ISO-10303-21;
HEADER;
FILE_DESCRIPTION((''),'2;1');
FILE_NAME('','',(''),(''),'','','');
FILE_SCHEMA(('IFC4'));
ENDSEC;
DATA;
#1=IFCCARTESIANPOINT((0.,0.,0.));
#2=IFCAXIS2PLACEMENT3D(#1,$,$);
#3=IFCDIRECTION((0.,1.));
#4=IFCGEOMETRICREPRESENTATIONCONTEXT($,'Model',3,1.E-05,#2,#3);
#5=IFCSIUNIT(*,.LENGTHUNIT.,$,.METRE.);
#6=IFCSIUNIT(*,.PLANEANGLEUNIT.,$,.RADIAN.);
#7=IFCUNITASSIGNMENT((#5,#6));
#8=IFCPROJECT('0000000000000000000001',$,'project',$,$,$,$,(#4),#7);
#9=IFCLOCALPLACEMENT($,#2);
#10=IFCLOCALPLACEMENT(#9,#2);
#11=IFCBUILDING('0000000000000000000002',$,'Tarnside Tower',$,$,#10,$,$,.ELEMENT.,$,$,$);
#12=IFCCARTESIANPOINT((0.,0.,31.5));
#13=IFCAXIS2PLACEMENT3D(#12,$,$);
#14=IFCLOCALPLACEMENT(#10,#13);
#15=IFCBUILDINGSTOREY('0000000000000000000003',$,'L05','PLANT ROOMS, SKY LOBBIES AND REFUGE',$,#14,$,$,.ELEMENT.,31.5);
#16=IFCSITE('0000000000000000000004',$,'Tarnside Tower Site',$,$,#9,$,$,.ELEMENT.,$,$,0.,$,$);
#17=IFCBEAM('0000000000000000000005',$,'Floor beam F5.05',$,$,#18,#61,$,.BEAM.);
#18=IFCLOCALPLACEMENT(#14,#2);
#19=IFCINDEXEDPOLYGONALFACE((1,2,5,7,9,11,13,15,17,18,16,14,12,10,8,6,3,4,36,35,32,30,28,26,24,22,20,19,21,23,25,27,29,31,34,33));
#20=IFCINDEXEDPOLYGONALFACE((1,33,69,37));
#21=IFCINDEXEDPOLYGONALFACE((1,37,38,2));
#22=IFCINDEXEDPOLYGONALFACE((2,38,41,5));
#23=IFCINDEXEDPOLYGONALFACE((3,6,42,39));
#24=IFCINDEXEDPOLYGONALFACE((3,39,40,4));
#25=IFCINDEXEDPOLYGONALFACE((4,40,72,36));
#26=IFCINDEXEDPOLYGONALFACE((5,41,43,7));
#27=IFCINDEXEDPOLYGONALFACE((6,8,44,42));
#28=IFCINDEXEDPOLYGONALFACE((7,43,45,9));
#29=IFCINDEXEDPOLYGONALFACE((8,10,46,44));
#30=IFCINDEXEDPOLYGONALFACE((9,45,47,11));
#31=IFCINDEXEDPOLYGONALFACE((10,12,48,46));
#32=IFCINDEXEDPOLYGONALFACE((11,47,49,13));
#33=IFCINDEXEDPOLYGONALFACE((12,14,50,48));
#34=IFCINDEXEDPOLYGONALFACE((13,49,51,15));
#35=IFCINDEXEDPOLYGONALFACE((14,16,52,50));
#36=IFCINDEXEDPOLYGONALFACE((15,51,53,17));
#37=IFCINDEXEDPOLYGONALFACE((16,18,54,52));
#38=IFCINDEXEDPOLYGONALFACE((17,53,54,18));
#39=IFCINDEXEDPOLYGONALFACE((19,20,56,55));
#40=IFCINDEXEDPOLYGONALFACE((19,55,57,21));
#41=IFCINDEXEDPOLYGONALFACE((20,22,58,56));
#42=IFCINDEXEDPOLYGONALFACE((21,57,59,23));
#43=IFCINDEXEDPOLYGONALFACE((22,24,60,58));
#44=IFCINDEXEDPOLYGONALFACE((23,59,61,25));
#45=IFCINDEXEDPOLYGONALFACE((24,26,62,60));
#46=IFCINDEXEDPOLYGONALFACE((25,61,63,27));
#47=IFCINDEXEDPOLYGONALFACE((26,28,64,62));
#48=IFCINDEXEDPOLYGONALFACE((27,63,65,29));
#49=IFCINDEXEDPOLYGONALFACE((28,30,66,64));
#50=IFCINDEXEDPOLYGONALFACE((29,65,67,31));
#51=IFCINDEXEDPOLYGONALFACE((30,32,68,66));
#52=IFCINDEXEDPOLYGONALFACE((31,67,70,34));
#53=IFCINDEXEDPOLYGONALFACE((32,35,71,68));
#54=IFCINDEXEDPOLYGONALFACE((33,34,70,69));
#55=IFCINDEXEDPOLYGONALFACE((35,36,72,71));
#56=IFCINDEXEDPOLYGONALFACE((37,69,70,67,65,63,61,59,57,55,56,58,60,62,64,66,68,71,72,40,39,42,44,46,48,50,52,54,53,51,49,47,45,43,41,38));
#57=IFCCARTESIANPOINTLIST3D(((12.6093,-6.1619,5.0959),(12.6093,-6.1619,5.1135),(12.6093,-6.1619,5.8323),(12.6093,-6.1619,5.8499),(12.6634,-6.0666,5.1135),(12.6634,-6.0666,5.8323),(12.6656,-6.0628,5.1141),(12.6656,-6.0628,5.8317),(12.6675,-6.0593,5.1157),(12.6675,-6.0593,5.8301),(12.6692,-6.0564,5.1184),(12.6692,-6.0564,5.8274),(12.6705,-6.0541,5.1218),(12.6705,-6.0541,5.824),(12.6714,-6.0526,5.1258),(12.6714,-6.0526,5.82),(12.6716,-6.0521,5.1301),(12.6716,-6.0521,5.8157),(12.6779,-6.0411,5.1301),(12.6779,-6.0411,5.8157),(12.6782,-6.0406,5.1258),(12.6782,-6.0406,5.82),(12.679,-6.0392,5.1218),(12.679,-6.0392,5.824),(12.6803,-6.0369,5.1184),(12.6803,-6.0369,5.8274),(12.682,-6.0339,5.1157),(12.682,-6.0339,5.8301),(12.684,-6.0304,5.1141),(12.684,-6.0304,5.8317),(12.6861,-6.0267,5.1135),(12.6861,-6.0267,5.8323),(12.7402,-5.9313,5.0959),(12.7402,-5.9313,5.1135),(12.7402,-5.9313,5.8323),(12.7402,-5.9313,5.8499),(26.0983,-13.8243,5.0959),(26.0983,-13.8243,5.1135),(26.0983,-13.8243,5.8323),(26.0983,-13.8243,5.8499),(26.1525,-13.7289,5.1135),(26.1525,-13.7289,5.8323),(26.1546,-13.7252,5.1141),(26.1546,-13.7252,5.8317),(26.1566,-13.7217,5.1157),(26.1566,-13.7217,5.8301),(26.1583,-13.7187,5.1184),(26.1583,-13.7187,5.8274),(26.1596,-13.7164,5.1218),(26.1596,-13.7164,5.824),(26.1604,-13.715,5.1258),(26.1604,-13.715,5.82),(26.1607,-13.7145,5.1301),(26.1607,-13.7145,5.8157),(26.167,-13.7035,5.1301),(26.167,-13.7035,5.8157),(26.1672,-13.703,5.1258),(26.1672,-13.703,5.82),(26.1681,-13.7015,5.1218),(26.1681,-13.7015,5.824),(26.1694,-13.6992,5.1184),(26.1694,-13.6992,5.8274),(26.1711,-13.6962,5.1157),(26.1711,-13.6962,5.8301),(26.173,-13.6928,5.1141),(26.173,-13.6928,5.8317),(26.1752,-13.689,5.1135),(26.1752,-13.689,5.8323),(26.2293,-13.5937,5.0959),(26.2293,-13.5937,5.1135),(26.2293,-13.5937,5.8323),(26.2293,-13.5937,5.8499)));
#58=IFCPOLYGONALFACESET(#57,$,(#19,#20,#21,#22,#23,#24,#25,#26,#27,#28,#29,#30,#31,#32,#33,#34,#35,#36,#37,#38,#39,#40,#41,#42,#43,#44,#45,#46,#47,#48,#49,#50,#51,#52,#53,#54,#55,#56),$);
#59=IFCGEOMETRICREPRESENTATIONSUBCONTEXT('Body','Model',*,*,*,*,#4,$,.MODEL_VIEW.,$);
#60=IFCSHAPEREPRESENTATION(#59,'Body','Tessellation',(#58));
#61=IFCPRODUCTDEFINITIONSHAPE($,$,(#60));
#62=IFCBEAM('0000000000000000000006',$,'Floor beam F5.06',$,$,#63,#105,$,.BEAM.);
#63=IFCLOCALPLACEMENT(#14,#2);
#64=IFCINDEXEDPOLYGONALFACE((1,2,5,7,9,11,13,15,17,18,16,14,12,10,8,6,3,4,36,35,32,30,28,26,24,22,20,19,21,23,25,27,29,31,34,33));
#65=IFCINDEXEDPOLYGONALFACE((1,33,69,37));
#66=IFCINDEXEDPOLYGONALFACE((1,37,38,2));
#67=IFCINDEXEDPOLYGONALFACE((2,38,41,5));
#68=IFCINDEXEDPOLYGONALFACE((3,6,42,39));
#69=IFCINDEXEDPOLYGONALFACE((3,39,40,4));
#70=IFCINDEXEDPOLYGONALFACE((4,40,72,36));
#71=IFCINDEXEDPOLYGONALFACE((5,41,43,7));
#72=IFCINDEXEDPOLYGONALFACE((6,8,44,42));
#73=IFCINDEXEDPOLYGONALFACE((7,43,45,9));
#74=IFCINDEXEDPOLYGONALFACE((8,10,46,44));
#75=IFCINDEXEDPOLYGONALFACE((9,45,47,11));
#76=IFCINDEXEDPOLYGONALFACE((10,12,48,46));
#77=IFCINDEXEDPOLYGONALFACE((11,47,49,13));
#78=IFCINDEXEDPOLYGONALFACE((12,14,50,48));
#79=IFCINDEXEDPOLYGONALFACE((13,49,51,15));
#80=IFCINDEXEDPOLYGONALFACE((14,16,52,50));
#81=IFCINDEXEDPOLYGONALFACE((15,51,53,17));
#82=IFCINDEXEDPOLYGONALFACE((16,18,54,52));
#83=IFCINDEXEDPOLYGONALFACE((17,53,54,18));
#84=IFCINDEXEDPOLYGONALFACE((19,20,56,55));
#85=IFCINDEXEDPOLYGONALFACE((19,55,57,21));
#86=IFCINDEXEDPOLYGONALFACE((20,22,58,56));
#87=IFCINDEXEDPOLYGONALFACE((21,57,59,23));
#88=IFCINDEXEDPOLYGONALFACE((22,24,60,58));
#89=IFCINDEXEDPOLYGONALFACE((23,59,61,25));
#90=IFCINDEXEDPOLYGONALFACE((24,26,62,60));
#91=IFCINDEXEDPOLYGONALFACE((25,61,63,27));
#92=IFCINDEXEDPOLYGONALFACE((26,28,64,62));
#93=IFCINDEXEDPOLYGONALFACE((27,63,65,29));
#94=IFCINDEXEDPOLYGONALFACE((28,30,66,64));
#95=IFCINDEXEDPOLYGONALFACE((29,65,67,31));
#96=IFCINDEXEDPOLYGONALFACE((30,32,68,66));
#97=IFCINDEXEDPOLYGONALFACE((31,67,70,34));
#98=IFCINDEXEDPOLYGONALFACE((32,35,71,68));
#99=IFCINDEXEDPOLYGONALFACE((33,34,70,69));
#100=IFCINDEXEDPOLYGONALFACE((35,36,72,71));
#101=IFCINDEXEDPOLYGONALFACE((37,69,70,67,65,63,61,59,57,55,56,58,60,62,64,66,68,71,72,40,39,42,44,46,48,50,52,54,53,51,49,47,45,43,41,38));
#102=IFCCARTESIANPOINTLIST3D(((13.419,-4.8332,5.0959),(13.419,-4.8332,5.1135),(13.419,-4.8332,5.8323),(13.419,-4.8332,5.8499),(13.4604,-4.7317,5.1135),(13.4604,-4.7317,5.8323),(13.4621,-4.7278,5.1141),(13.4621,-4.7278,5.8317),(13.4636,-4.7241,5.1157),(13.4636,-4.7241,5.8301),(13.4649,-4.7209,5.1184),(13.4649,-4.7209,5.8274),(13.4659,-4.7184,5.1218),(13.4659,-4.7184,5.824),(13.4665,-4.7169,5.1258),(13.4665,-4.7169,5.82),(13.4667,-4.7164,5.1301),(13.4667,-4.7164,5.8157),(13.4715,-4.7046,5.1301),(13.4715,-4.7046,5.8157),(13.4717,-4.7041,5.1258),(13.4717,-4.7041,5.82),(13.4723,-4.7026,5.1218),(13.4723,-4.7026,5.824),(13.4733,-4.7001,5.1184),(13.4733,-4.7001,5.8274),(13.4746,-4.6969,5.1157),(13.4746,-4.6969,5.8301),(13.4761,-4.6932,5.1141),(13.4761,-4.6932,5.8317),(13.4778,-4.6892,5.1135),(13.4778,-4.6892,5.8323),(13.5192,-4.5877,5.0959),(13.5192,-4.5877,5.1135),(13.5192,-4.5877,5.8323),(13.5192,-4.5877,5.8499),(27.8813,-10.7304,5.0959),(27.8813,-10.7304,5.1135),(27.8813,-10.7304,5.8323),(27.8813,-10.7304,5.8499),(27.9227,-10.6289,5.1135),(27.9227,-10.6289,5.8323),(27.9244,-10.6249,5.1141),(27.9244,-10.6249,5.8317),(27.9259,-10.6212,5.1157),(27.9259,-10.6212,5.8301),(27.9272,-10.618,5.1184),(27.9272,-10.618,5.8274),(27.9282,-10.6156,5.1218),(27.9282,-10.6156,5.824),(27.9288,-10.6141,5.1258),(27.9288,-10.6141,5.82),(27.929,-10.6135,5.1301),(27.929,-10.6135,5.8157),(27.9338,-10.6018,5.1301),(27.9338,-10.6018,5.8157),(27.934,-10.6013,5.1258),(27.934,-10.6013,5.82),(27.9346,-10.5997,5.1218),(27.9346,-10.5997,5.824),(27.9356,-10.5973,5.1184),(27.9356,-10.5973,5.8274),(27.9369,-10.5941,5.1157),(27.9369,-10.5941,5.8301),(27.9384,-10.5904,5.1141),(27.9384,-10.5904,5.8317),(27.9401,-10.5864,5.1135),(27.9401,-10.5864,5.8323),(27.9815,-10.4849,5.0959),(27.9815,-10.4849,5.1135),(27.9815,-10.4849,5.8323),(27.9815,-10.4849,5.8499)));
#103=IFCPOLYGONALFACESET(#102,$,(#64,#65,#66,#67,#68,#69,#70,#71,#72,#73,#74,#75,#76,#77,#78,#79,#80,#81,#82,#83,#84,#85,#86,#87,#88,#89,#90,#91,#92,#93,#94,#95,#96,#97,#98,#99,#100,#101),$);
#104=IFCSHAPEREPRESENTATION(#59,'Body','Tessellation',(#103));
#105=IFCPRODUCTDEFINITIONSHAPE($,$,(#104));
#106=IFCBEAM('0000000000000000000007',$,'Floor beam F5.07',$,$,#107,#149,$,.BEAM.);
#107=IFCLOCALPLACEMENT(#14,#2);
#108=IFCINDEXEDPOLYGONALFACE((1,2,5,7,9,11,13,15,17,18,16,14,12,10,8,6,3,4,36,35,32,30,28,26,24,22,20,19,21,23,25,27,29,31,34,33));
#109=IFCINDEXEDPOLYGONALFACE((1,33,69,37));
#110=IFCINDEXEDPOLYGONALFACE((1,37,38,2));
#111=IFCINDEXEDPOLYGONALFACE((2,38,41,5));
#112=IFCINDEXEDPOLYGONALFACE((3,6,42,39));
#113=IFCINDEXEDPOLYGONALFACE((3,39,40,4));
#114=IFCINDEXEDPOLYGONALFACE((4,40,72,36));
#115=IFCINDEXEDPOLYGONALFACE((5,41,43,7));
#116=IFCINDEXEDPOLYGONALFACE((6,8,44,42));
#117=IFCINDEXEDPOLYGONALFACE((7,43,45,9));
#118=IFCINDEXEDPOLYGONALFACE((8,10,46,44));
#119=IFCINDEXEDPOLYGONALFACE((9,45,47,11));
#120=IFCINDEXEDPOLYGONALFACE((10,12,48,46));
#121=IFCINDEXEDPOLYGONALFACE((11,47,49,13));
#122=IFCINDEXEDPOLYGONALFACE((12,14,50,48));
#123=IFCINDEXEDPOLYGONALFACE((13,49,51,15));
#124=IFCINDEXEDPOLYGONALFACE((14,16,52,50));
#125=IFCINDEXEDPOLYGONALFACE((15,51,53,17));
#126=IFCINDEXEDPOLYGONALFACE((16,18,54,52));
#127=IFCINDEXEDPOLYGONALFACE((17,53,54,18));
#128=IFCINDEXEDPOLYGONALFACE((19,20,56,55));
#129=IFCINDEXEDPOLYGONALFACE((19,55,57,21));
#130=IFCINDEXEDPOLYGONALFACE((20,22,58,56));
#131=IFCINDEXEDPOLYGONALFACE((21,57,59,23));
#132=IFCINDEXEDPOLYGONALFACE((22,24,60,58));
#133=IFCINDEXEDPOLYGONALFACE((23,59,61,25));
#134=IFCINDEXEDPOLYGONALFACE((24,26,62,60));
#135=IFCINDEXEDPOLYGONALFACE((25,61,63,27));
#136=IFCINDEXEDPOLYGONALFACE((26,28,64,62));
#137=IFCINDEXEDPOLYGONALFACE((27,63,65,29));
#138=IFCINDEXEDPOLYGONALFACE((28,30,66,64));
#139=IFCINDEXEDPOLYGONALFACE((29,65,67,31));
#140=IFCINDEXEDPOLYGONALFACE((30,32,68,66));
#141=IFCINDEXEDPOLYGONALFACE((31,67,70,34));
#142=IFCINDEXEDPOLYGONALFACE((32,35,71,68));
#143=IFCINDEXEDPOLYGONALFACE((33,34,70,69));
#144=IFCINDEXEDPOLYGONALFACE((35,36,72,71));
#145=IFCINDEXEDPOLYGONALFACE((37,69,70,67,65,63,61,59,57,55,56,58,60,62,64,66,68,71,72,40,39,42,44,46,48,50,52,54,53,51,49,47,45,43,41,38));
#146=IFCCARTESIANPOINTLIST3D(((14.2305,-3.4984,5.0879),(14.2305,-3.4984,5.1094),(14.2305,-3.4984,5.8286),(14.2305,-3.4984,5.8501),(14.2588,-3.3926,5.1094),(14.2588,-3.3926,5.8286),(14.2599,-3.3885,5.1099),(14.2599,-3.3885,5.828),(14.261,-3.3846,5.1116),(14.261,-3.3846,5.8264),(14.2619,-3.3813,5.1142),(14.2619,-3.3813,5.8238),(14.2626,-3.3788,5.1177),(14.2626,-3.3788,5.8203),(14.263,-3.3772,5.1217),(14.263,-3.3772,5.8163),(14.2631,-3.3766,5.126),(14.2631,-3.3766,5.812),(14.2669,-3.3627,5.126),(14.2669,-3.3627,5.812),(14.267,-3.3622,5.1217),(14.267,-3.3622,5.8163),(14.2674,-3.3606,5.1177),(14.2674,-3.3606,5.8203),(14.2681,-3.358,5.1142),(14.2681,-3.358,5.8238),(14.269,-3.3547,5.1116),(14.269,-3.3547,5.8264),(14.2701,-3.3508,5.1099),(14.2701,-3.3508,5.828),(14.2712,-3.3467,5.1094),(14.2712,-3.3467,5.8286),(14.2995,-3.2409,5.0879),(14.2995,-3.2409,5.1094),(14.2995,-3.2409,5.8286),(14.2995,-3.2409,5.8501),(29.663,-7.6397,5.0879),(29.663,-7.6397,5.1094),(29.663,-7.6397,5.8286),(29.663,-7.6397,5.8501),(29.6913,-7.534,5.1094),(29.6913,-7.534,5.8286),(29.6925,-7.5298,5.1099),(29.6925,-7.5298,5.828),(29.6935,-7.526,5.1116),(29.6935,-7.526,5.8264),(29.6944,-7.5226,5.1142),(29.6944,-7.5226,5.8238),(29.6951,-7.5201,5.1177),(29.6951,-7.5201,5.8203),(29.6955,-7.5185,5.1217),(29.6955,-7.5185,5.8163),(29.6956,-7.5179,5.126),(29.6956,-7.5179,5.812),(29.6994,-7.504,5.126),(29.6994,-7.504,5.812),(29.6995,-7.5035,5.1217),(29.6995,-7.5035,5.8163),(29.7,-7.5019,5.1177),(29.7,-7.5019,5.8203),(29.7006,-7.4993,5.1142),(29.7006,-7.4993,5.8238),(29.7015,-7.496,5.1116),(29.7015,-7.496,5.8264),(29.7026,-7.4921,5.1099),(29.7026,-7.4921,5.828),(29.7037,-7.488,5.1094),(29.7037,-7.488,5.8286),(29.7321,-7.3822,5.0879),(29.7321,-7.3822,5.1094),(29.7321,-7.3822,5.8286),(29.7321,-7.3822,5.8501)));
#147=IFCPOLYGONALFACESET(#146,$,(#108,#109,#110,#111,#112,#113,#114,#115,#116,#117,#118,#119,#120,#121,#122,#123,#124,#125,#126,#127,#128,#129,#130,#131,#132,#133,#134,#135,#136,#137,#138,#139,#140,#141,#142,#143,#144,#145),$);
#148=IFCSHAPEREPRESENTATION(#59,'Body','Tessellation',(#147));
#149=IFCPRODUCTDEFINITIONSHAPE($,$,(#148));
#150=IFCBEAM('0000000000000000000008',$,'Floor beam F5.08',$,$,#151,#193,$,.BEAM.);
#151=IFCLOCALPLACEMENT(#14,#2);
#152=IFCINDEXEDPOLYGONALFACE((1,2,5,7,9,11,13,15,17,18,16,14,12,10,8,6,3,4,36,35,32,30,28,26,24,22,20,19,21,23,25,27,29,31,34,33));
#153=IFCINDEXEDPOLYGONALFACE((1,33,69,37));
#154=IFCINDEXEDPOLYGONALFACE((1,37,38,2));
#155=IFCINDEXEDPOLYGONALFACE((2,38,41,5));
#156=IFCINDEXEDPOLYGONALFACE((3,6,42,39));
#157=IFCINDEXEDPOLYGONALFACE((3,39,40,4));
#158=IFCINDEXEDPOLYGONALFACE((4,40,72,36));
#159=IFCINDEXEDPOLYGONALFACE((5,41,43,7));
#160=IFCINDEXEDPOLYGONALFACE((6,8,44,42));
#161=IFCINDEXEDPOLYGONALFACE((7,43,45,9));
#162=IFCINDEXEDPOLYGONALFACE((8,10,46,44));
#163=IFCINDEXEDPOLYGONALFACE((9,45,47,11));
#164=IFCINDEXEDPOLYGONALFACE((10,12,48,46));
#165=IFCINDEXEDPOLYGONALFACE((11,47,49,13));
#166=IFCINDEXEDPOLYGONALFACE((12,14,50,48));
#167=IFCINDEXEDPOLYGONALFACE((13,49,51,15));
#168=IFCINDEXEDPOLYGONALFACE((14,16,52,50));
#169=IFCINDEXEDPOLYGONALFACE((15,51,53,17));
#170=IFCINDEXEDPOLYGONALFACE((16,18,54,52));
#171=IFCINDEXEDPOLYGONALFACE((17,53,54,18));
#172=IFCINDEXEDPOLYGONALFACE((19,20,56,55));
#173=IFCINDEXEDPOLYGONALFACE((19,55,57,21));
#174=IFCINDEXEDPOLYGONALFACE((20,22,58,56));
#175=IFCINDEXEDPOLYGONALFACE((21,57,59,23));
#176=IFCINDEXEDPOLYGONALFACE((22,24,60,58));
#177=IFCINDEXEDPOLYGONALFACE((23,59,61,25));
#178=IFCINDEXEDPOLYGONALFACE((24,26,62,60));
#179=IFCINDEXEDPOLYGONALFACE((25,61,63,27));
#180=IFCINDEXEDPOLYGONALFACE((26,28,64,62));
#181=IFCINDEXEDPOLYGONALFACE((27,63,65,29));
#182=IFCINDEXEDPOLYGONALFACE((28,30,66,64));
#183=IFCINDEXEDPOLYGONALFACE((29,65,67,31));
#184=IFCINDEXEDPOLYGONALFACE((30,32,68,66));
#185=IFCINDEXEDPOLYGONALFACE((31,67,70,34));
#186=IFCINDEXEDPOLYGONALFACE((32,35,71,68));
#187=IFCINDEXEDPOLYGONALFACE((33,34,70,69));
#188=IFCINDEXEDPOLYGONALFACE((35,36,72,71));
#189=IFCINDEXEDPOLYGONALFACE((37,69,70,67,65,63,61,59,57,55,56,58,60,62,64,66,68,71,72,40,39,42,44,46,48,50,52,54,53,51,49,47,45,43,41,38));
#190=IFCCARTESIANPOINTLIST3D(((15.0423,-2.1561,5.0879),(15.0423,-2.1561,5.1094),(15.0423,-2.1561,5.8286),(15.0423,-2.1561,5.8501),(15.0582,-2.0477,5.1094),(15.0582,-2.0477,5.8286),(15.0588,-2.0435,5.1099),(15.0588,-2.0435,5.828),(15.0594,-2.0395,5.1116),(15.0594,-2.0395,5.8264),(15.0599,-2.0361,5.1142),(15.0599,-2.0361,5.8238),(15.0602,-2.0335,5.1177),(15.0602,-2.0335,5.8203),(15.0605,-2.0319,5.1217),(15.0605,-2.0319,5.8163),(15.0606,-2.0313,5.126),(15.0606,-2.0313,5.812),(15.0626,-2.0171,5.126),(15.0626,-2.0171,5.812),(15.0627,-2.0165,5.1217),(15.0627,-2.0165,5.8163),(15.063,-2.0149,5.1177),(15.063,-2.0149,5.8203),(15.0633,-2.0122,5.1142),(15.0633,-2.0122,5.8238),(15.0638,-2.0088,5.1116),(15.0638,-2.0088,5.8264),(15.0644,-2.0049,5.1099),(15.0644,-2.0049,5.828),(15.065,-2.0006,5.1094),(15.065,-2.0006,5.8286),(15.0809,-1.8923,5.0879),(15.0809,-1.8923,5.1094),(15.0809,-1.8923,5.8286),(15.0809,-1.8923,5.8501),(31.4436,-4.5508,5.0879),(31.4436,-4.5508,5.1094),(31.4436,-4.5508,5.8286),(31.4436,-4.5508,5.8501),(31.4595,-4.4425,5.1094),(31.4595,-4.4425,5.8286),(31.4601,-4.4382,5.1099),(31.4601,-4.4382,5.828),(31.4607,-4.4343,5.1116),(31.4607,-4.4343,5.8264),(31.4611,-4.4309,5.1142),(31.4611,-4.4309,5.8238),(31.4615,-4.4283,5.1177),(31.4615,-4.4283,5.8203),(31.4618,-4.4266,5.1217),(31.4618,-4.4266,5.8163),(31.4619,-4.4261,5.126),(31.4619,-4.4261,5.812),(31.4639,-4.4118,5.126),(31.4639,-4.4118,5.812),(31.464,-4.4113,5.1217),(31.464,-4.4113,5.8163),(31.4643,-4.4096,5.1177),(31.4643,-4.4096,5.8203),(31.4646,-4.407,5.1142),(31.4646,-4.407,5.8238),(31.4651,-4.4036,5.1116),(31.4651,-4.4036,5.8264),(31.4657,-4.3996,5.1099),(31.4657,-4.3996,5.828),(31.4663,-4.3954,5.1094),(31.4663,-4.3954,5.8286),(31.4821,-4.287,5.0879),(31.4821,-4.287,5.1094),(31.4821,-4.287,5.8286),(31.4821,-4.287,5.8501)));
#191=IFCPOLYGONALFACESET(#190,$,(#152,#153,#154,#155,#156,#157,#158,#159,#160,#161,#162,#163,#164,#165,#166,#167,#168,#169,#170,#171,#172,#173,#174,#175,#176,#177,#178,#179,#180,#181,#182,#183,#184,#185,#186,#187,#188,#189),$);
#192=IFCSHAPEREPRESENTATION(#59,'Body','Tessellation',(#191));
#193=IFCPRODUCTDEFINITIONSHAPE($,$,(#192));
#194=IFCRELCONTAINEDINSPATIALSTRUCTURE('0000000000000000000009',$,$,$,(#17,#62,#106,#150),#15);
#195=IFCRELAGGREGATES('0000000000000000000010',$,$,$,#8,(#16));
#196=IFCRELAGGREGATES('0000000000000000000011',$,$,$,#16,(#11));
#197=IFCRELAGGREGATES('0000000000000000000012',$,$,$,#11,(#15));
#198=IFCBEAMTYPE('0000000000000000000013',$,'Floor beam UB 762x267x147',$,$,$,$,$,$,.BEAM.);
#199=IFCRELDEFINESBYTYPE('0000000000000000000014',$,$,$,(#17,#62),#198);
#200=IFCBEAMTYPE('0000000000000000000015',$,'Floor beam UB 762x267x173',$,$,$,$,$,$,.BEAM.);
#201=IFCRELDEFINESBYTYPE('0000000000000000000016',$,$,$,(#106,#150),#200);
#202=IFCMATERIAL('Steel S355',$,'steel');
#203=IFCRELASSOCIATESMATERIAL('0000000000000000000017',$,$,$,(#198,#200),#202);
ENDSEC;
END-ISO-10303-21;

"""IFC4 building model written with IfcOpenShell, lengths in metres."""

from ifc_helpers import new_model, si_unit, direction, frame, origin, origin_2d, place, context, subcontext, project, spatial, i_section, extrude, material, material_profile, profile_set, type_object, element, save


model = new_model("IFC4")

# Units and contexts
model_context = context("Model", 3, precision=1e-05, world=origin(), true_north=direction((0.0, 1.0)))
body_context = subcontext(model_context, "Body", "Model", "MODEL_VIEW")
ifc_project = project(units=[si_unit("LENGTHUNIT", "METRE"), si_unit("PLANEANGLEUNIT", "RADIAN")], contexts=[model_context])

# Site, building, storey
site_placement = place(None, origin())
site = spatial("IfcSite", under=ifc_project, at=site_placement, Name="Tarnside Tower Site", CompositionType="ELEMENT", RefElevation=0.0)
building_placement = place(site_placement, origin())
building = spatial("IfcBuilding", under=site, at=building_placement, Name="Tarnside Tower", CompositionType="ELEMENT")
storey_placement = place(building_placement, frame((0.0, 0.0, 31.5)))
storey = spatial("IfcBuildingStorey", under=building, at=storey_placement, Name="L05", Description="PLANT ROOMS, SKY LOBBIES AND REFUGE", CompositionType="ELEMENT", Elevation=31.5)

# Beams
ifc_material_1 = material(Name="Steel S355", Category="steel")
ifc_material_profile_1 = material_profile(ifc_material_1, i_section(OverallWidth=0.2651, OverallDepth=0.7539, WebThickness=0.0127, FlangeThickness=0.0176, FilletRadius=0.0166, at=origin_2d()), Name="UB 762x267x147")
ifc_profile_set_1 = profile_set([ifc_material_profile_1], Name="Steel S355")
beam_type_1 = type_object("IfcBeamType", Name="Floor beam UB 762x267x147", PredefinedType="BEAM", material=ifc_profile_set_1)
beam_1_placement = place(storey_placement, frame((26.1638, -13.709, 5.4729), z_axis=(-0.869508, 0.493919, 0.0), x_axis=(-0.493919, -0.869508, 0.0)))
element("IfcBeam", 1, at=beam_1_placement, inside=storey, type_object=beam_type_1, Name="Floor beam F5.05", PredefinedType="BEAM", context=body_context, shape_type="SweptSolid", body=[
    extrude(i_section(OverallWidth=0.2651, OverallDepth=0.7539, WebThickness=0.0127, FlangeThickness=0.0176, FilletRadius=0.0166, at=origin_2d()), origin(), (0.0, 0.0, 1.0), 15.5134),
])
beam_2_placement = place(storey_placement, frame((27.9314, -10.6077, 5.4729), z_axis=(-0.925978, 0.377578, 0.0), x_axis=(-0.377578, -0.925978, 0.0)))
element("IfcBeam", 2, at=beam_2_placement, inside=storey, type_object=beam_type_1, Name="Floor beam F5.06", PredefinedType="BEAM", context=body_context, shape_type="SweptSolid", body=[
    extrude(i_section(OverallWidth=0.2651, OverallDepth=0.7539, WebThickness=0.0127, FlangeThickness=0.0176, FilletRadius=0.0166, at=origin_2d()), origin(), (0.0, 0.0, 1.0), 15.6184),
])
ifc_material_profile_2 = material_profile(ifc_material_1, i_section(OverallWidth=0.2666, OverallDepth=0.7622, WebThickness=0.0144, FlangeThickness=0.0215, FilletRadius=0.0166, at=origin_2d()), Name="UB 762x267x173")
ifc_profile_set_2 = profile_set([ifc_material_profile_2], Name="Steel S355")
beam_type_2 = type_object("IfcBeamType", Name="Floor beam UB 762x267x173", PredefinedType="BEAM", material=ifc_profile_set_2)
beam_3_placement = place(storey_placement, frame((29.6975, -7.511, 5.469), z_axis=(-0.965829, 0.259181, 0.0), x_axis=(-0.259181, -0.965829, 0.0)))
element("IfcBeam", 3, at=beam_3_placement, inside=storey, type_object=beam_type_2, Name="Floor beam F5.07", PredefinedType="BEAM", context=body_context, shape_type="SweptSolid", body=[
    extrude(i_section(OverallWidth=0.2666, OverallDepth=0.7622, WebThickness=0.0144, FlangeThickness=0.0215, FilletRadius=0.0166, at=origin_2d()), origin(), (0.0, 0.0, 1.0), 15.9785),
])
beam_4_placement = place(storey_placement, frame((31.4629, -4.4189, 5.469), z_axis=(-0.989508, 0.144479, 0.0), x_axis=(-0.144479, -0.989508, 0.0)))
element("IfcBeam", 4, at=beam_4_placement, inside=storey, type_object=beam_type_2, Name="Floor beam F5.08", PredefinedType="BEAM", context=body_context, shape_type="SweptSolid", body=[
    extrude(i_section(OverallWidth=0.2666, OverallDepth=0.7622, WebThickness=0.0144, FlangeThickness=0.0215, FilletRadius=0.0166, at=origin_2d()), origin(), (0.0, 0.0, 1.0), 16.5752),
])

save(model, "model.ifc")
